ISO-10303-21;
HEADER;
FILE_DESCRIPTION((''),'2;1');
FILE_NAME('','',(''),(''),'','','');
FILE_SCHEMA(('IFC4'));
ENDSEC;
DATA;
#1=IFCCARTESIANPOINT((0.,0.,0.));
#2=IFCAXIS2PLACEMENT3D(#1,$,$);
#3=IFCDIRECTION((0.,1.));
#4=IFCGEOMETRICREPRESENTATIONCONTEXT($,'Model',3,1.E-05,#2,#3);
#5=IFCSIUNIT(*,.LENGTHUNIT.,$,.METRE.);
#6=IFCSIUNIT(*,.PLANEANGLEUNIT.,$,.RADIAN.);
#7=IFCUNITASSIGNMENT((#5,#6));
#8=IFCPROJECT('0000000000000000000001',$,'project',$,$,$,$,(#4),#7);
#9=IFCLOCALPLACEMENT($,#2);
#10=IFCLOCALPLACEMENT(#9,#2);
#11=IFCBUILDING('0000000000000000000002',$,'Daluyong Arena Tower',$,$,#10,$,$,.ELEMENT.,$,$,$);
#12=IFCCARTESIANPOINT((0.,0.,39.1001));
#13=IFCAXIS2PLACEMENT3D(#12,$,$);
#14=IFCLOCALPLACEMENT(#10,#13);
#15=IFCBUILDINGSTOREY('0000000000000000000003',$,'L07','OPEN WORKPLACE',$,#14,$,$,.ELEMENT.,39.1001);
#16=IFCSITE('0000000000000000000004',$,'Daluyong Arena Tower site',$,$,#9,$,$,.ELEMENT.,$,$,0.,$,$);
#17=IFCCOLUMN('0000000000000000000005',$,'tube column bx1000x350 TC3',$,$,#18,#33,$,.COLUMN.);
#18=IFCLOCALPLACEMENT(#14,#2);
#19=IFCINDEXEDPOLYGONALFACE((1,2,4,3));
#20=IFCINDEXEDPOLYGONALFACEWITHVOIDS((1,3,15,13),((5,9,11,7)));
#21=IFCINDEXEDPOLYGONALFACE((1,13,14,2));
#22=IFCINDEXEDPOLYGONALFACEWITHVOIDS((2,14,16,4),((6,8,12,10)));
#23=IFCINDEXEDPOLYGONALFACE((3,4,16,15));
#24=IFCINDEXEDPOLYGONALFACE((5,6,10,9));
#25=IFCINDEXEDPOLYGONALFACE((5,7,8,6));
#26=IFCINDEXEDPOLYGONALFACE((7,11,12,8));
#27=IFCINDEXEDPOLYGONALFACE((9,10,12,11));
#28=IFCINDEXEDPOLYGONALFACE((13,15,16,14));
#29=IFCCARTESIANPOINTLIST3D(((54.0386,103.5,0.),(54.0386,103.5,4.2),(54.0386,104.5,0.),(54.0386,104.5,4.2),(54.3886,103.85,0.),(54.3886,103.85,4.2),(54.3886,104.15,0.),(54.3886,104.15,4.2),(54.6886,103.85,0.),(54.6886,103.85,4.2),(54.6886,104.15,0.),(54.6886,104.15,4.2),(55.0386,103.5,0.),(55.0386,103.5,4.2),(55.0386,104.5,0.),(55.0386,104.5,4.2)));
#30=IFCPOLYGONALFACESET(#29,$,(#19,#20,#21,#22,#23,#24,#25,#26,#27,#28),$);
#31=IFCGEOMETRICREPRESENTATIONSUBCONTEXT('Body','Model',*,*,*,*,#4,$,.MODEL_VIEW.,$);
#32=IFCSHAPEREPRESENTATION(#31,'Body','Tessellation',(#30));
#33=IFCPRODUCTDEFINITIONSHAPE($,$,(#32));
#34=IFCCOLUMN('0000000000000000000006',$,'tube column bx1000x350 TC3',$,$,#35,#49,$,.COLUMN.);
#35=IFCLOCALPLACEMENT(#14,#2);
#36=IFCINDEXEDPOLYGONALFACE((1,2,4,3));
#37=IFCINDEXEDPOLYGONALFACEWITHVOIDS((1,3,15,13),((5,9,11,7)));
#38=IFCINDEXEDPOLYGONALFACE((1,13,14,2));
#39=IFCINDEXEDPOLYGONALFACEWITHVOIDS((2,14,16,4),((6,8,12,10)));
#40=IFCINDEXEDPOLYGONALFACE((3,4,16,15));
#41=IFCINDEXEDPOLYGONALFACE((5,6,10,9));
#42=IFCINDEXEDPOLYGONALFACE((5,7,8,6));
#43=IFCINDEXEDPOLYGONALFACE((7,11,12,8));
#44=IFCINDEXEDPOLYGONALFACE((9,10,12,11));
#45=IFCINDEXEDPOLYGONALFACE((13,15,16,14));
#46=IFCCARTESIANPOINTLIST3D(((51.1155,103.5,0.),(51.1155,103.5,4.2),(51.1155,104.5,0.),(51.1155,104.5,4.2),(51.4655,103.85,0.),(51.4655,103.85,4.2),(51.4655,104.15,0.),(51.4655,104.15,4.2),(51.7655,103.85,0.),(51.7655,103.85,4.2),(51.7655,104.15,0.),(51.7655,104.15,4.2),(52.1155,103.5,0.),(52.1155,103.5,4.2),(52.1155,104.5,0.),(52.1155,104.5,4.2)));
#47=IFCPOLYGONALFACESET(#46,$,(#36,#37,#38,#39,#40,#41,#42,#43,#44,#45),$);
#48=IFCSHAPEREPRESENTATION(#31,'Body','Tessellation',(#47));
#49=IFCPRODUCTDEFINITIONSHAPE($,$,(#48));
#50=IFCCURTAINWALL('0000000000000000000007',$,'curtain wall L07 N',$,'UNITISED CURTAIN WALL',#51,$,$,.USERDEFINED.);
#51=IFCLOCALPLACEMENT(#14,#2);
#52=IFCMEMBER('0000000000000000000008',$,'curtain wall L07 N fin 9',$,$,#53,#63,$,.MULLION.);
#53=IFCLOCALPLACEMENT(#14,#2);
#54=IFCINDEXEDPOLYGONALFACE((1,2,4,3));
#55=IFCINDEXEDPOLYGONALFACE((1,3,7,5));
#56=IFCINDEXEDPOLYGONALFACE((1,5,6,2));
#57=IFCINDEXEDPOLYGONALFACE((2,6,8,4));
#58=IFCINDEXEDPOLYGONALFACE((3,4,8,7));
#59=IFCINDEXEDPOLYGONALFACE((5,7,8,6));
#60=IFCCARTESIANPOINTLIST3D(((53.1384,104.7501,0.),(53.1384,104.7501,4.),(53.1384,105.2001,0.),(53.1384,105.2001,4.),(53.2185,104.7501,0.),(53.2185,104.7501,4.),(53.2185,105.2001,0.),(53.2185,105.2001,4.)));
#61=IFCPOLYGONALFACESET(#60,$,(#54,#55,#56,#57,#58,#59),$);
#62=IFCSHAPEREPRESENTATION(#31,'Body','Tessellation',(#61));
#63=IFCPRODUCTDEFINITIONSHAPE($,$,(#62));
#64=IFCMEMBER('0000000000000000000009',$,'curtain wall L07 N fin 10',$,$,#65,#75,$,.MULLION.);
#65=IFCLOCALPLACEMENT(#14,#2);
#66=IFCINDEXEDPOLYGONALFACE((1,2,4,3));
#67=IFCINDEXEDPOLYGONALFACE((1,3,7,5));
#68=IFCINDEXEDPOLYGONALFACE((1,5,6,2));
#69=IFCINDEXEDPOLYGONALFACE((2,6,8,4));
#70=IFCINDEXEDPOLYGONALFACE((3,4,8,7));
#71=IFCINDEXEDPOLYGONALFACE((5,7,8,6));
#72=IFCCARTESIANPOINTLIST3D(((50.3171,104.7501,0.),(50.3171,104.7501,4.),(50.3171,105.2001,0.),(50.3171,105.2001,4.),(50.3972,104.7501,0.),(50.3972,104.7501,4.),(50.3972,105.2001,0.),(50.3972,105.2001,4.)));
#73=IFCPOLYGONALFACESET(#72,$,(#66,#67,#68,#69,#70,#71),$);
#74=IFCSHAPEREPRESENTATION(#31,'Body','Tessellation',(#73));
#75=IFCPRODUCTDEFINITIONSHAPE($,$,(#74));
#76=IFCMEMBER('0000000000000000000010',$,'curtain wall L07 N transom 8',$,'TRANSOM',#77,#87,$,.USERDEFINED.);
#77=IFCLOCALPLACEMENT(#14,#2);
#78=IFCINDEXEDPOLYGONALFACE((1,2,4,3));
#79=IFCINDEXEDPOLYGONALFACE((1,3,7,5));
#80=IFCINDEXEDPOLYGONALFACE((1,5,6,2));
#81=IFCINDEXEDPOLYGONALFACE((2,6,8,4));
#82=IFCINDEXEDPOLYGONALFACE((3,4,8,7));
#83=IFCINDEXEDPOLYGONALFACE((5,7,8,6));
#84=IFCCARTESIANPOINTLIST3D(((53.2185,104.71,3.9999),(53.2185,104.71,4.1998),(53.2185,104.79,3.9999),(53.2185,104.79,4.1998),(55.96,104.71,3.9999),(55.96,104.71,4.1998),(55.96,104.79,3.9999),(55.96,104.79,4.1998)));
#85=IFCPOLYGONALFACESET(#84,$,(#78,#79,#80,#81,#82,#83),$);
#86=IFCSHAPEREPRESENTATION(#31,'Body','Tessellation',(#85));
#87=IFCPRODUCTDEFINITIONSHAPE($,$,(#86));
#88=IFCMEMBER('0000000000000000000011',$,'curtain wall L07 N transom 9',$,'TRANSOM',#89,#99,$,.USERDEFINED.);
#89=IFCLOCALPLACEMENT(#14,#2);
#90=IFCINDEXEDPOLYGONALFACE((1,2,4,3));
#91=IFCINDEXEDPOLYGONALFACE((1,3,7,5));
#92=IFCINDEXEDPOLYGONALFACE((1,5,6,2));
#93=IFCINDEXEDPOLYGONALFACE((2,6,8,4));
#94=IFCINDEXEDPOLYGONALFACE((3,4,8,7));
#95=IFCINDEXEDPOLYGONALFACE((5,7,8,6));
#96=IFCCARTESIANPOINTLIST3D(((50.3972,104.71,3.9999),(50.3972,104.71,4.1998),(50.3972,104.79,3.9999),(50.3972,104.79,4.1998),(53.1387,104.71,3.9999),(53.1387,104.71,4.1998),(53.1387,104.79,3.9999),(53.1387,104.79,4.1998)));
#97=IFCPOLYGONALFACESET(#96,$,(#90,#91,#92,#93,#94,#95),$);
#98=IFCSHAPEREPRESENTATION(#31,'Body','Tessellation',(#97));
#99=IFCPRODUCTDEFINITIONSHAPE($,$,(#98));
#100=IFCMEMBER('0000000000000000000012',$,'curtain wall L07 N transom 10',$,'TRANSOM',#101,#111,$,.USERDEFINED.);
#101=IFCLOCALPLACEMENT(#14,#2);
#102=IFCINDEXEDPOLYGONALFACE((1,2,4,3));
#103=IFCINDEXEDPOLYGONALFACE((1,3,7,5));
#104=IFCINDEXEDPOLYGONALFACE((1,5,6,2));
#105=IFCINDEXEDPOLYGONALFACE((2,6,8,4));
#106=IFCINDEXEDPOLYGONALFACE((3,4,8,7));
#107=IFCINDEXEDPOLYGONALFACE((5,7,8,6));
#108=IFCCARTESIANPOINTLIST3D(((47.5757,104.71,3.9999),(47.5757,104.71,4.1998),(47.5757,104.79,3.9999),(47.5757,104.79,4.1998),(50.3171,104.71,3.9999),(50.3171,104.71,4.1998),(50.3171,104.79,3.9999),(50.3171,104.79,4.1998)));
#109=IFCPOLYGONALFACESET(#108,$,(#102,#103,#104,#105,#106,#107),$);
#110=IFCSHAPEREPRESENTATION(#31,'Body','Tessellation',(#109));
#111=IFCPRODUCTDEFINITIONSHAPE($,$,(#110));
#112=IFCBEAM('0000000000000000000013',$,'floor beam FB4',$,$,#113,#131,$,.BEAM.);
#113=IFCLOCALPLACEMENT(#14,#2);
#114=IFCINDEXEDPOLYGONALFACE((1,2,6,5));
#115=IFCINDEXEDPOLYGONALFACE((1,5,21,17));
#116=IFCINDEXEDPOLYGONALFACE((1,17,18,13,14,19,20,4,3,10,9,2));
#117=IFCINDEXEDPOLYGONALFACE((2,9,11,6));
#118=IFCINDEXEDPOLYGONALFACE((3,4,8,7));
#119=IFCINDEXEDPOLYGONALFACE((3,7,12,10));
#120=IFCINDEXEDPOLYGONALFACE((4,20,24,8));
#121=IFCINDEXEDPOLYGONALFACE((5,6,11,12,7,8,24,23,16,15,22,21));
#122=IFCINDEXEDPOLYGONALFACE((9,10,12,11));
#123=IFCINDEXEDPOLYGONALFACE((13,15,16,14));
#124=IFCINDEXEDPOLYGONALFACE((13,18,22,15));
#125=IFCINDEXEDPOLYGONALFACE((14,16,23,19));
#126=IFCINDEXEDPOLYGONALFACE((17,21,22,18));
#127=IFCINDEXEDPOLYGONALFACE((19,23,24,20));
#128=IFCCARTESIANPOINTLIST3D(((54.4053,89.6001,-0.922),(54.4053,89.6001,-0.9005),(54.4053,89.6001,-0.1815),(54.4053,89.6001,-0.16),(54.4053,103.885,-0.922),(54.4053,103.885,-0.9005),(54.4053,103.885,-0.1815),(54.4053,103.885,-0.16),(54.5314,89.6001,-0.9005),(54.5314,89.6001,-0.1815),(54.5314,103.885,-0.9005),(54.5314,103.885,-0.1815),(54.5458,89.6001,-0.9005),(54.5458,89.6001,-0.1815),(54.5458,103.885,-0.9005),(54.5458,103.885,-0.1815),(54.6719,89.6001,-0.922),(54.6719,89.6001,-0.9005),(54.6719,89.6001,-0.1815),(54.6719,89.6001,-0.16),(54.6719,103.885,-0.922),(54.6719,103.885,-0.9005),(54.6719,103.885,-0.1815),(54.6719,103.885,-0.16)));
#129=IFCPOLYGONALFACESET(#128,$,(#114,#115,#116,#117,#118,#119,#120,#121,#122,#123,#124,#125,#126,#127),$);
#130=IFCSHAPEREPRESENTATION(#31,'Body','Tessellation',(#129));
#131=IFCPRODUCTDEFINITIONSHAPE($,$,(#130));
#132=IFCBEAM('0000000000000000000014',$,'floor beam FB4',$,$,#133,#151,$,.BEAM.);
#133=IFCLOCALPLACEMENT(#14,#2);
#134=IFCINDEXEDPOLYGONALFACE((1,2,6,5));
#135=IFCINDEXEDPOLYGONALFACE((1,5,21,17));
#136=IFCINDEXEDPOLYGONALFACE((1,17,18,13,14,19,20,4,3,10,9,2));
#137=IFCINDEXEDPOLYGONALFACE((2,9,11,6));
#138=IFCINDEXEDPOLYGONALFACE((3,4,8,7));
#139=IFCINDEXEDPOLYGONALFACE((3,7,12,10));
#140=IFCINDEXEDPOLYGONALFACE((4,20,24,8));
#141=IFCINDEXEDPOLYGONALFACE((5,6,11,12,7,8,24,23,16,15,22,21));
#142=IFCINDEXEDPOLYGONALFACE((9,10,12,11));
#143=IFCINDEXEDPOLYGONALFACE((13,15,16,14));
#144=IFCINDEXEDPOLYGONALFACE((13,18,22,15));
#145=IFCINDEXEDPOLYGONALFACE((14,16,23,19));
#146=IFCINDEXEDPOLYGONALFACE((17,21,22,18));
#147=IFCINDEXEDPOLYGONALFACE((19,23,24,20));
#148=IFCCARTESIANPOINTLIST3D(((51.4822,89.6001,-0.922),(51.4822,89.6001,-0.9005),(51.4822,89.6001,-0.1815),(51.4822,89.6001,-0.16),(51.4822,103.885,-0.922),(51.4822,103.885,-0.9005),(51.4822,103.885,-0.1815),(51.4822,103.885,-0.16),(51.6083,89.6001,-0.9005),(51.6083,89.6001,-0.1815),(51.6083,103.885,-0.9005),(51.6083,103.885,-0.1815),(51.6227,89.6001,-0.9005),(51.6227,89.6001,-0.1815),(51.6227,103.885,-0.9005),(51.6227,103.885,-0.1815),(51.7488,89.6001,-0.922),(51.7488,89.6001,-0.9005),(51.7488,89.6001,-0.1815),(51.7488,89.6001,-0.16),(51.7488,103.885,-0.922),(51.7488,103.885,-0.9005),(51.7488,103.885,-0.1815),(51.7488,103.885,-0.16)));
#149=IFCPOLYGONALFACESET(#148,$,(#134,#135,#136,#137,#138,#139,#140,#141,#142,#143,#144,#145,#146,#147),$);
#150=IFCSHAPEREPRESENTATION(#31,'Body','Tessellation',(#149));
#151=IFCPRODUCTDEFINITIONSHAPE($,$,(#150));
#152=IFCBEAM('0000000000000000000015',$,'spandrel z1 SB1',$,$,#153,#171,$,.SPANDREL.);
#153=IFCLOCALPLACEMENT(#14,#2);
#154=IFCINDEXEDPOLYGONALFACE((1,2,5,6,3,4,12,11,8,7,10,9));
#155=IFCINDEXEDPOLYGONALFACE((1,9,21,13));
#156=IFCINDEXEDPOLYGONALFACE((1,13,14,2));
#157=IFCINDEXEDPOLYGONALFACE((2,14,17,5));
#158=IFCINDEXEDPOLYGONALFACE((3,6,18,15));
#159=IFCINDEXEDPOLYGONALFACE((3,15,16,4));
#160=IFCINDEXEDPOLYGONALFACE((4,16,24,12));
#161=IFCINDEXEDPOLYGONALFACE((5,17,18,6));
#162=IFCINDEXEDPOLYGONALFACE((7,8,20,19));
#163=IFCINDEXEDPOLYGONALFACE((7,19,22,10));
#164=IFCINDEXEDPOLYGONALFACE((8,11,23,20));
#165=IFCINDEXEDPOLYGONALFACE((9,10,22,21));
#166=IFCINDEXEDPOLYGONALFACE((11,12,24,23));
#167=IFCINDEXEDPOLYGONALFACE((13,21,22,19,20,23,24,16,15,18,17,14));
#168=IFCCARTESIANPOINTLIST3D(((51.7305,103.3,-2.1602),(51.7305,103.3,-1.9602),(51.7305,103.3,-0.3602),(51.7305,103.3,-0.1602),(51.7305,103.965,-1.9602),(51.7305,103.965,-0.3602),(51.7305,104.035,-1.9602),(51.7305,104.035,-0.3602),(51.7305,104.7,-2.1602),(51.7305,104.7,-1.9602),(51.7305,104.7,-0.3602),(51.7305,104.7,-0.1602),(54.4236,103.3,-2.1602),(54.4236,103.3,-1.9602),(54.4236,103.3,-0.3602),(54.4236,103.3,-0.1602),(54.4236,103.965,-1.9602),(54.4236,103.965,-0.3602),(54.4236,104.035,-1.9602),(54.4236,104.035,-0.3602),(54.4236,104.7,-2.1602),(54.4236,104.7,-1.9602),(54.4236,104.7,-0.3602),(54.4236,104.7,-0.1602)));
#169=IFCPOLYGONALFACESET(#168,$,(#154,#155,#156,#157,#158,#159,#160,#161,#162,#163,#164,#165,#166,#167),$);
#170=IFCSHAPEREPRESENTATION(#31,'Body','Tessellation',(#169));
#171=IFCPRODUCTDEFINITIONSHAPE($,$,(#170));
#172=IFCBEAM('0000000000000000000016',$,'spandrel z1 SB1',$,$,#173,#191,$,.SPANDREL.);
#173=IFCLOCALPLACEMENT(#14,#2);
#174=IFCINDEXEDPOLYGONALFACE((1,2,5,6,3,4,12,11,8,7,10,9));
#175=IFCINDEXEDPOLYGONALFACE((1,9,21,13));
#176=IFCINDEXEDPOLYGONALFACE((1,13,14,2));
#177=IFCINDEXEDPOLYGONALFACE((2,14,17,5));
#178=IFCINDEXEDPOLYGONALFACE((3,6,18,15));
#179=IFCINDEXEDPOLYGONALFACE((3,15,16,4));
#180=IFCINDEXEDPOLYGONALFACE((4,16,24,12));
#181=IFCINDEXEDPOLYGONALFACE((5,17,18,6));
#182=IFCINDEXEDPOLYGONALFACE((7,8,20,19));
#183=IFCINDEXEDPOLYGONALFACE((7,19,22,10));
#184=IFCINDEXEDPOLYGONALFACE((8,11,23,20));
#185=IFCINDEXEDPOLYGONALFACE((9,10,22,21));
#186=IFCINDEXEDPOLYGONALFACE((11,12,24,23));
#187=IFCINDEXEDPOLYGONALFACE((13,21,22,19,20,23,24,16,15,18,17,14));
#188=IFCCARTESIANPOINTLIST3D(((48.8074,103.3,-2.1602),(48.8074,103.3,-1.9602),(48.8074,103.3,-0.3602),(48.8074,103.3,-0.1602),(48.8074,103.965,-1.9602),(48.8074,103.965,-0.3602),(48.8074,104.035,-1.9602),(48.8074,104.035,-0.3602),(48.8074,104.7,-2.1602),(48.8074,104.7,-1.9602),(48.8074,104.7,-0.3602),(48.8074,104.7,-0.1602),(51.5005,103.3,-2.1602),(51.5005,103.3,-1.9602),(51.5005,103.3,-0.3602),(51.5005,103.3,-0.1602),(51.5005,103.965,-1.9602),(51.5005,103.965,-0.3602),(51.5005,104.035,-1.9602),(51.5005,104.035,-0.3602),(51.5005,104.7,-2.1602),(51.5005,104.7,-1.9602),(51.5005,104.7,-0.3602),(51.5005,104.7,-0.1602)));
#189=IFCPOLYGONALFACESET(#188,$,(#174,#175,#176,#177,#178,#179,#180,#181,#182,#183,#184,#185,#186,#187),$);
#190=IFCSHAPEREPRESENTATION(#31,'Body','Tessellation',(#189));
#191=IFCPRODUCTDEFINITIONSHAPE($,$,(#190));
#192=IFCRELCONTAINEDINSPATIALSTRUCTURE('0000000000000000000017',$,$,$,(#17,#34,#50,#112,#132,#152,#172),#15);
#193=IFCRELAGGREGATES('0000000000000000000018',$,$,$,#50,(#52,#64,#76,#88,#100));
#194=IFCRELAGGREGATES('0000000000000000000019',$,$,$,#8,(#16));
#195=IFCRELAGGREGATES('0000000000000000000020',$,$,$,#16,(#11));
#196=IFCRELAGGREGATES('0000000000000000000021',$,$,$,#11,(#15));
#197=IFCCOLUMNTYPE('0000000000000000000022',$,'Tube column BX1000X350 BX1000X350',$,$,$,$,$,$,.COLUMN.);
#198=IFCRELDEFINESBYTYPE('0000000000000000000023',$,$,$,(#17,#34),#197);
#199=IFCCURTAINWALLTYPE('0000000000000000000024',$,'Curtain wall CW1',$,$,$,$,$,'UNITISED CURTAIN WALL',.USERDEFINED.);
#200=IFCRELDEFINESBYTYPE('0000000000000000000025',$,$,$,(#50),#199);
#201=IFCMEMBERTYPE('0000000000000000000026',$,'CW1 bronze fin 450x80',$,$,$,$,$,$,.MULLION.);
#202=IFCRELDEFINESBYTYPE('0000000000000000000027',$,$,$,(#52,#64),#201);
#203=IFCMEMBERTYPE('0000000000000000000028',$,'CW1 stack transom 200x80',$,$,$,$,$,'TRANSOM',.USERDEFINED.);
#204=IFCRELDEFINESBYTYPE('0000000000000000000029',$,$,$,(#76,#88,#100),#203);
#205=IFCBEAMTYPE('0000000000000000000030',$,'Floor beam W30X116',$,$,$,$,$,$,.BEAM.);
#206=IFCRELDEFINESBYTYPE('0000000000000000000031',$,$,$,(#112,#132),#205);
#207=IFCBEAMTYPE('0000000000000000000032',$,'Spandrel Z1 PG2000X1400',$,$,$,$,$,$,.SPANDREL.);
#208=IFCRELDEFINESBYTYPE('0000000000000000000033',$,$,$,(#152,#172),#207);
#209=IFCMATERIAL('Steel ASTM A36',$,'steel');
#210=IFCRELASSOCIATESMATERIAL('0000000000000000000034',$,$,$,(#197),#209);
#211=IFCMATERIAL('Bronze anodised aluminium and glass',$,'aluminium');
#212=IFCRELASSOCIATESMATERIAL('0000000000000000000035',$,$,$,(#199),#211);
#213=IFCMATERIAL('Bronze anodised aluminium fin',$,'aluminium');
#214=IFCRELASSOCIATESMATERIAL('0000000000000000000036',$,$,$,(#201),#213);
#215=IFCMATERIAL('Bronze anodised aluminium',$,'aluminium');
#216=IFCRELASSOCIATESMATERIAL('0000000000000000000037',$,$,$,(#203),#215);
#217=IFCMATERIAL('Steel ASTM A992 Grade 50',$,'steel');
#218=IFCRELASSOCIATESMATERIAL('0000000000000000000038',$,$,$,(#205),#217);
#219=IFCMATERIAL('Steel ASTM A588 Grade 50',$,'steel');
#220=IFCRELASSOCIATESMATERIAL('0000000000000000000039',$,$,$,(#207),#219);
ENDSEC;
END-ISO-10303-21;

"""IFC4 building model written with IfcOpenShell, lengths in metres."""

from ifc_helpers import new_model, si_unit, direction, frame, origin, origin_2d, place, context, subcontext, project, spatial, rectangle, hollow_rectangle, i_section, extrude, material, material_profile, profile_set, type_object, element, aggregate, save


model = new_model("IFC4")

# Units and contexts
model_context = context("Model", 3, precision=1e-05, world=origin(), true_north=direction((0.0, 1.0)))
body_context = subcontext(model_context, "Body", "Model", "MODEL_VIEW")
ifc_project = project(units=[si_unit("LENGTHUNIT", "METRE"), si_unit("PLANEANGLEUNIT", "RADIAN")], contexts=[model_context])

# Site, building, storey
site_placement = place(None, origin())
site = spatial("IfcSite", under=ifc_project, at=site_placement, Name="Daluyong Arena Tower site", CompositionType="ELEMENT", RefElevation=0.0)
building_placement = place(site_placement, origin())
building = spatial("IfcBuilding", under=site, at=building_placement, Name="Daluyong Arena Tower", CompositionType="ELEMENT")
storey_placement = place(building_placement, frame((0.0, 0.0, 39.1001)))
storey = spatial("IfcBuildingStorey", under=building, at=storey_placement, Name="L07", Description="OPEN WORKPLACE", CompositionType="ELEMENT", Elevation=39.1001)

# Columns
ifc_material_1 = material(Name="Steel ASTM A36", Category="steel")
ifc_material_profile_1 = material_profile(ifc_material_1, hollow_rectangle(XDim=1.0, YDim=1.0, WallThickness=0.35, at=origin_2d()))
ifc_profile_set_1 = profile_set([ifc_material_profile_1], Name="Steel ASTM A36")
column_type = type_object("IfcColumnType", Name="Tube column BX1000X350 BX1000X350", PredefinedType="COLUMN", material=ifc_profile_set_1)
for number, where, z_axis, x_axis, name in (
    (1, (54.5386, 104.0, 0.0), (0.0, 0.0, 1.0), (1.0, 0.0, 0.0), "tube column bx1000x350 TC3"),
    (2, (51.6155, 104.0, 0.0), (0.0, 0.0, 1.0), (1.0, 0.0, 0.0), "tube column bx1000x350 TC3"),
):
    element("IfcColumn", number, at=place(storey_placement, frame(where, z_axis=z_axis, x_axis=x_axis)), inside=storey, type_object=column_type, Name=name, PredefinedType="COLUMN", context=body_context, shape_type="SweptSolid", body=[
        extrude(hollow_rectangle(XDim=1.0, YDim=1.0, WallThickness=0.35, at=origin_2d()), origin(), (0.0, 0.0, 1.0), 4.2),
    ])

# Curtain wall, members
ifc_material_2 = material(Name="Bronze anodised aluminium and glass", Category="aluminium")
curtain_wall_type = type_object("IfcCurtainWallType", Name="Curtain wall CW1", ElementType="UNITISED CURTAIN WALL", PredefinedType="USERDEFINED", material=ifc_material_2)
curtain_wall_placement = place(storey_placement, origin())
curtain_wall = element("IfcCurtainWall", 3, at=curtain_wall_placement, inside=storey, type_object=curtain_wall_type, Name="curtain wall L07 N", ObjectType="UNITISED CURTAIN WALL", PredefinedType="USERDEFINED")
ifc_material_3 = material(Name="Bronze anodised aluminium fin", Category="aluminium")
ifc_material_profile_2 = material_profile(ifc_material_3, rectangle(XDim=0.45, YDim=0.0801, at=origin_2d()))
ifc_profile_set_2 = profile_set([ifc_material_profile_2], Name="Bronze anodised aluminium fin")
member_type_1 = type_object("IfcMemberType", Name="CW1 bronze fin 450x80", PredefinedType="MULLION", material=ifc_profile_set_2)
member_1_placement = place(storey_placement, frame((53.1785, 104.9751, 0.0), z_axis=(0.0, 0.0, 1.0), x_axis=(0.0, -1.0, 0.0)))
member_1 = element("IfcMember", 4, at=member_1_placement, type_object=member_type_1, Name="curtain wall L07 N fin 9", PredefinedType="MULLION", context=body_context, shape_type="SweptSolid", body=[
    extrude(rectangle(XDim=0.45, YDim=0.0801, at=origin_2d()), origin(), (0.0, 0.0, 1.0), 4.0),
])
member_2_placement = place(storey_placement, frame((50.3572, 104.9751, 0.0), z_axis=(0.0, 0.0, 1.0), x_axis=(0.0, -1.0, 0.0)))
member_2 = element("IfcMember", 5, at=member_2_placement, type_object=member_type_1, Name="curtain wall L07 N fin 10", PredefinedType="MULLION", context=body_context, shape_type="SweptSolid", body=[
    extrude(rectangle(XDim=0.45, YDim=0.0801, at=origin_2d()), origin(), (0.0, 0.0, 1.0), 4.0),
])
ifc_material_4 = material(Name="Bronze anodised aluminium", Category="aluminium")
ifc_material_profile_3 = material_profile(ifc_material_4, rectangle(XDim=0.0801, YDim=0.2, at=origin_2d()))
ifc_profile_set_3 = profile_set([ifc_material_profile_3], Name="Bronze anodised aluminium")
member_type_2 = type_object("IfcMemberType", Name="CW1 stack transom 200x80", ElementType="TRANSOM", PredefinedType="USERDEFINED", material=ifc_profile_set_3)
member_3_placement = place(storey_placement, frame((55.96, 104.75, 4.0999), z_axis=(-1.0, 0.0, 0.0), x_axis=(0.0, -1.0, 0.0)))
member_3 = element("IfcMember", 6, at=member_3_placement, type_object=member_type_2, Name="curtain wall L07 N transom 8", ObjectType="TRANSOM", PredefinedType="USERDEFINED", context=body_context, shape_type="SweptSolid", body=[
    extrude(rectangle(XDim=0.0801, YDim=0.2, at=origin_2d()), origin(), (0.0, 0.0, 1.0), 2.7415),
])
member_4_placement = place(storey_placement, frame((53.1387, 104.75, 4.0999), z_axis=(-1.0, 0.0, 0.0), x_axis=(0.0, -1.0, 0.0)))
member_4 = element("IfcMember", 7, at=member_4_placement, type_object=member_type_2, Name="curtain wall L07 N transom 9", ObjectType="TRANSOM", PredefinedType="USERDEFINED", context=body_context, shape_type="SweptSolid", body=[
    extrude(rectangle(XDim=0.0801, YDim=0.2, at=origin_2d()), origin(), (0.0, 0.0, 1.0), 2.7415),
])
member_5_placement = place(storey_placement, frame((50.3171, 104.75, 4.0999), z_axis=(-1.0, 0.0, 0.0), x_axis=(0.0, -1.0, 0.0)))
member_5 = element("IfcMember", 8, at=member_5_placement, type_object=member_type_2, Name="curtain wall L07 N transom 10", ObjectType="TRANSOM", PredefinedType="USERDEFINED", context=body_context, shape_type="SweptSolid", body=[
    extrude(rectangle(XDim=0.0801, YDim=0.2, at=origin_2d()), origin(), (0.0, 0.0, 1.0), 2.7415),
])

# Beams
ifc_material_5 = material(Name="Steel ASTM A992 Grade 50", Category="steel")
ifc_material_profile_4 = material_profile(ifc_material_5, i_section(OverallWidth=0.2666, OverallDepth=0.762, WebThickness=0.0144, FlangeThickness=0.0215, at=origin_2d()))
ifc_profile_set_4 = profile_set([ifc_material_profile_4], Name="Steel ASTM A992 Grade 50")
beam_type_1 = type_object("IfcBeamType", Name="Floor beam W30X116", PredefinedType="BEAM", material=ifc_profile_set_4)
for number, where, z_axis, x_axis, name in (
    (9, (54.5386, 103.885, -0.541), (0.0, -1.0, 0.0), (1.0, 0.0, 0.0), "floor beam FB4"),
    (10, (51.6155, 103.885, -0.541), (0.0, -1.0, 0.0), (1.0, 0.0, 0.0), "floor beam FB4"),
):
    element("IfcBeam", number, at=place(storey_placement, frame(where, z_axis=z_axis, x_axis=x_axis)), inside=storey, type_object=beam_type_1, Name=name, PredefinedType="BEAM", context=body_context, shape_type="SweptSolid", body=[
        extrude(i_section(OverallWidth=0.2666, OverallDepth=0.762, WebThickness=0.0144, FlangeThickness=0.0215, at=origin_2d()), origin(), (0.0, 0.0, 1.0), 14.2849),
    ])
ifc_material_6 = material(Name="Steel ASTM A588 Grade 50", Category="steel")
ifc_material_profile_5 = material_profile(ifc_material_6, i_section(OverallWidth=1.3999, OverallDepth=2.0, WebThickness=0.07, FlangeThickness=0.2, at=origin_2d()))
ifc_profile_set_5 = profile_set([ifc_material_profile_5], Name="Steel ASTM A588 Grade 50")
beam_type_2 = type_object("IfcBeamType", Name="Spandrel Z1 PG2000X1400", PredefinedType="SPANDREL", material=ifc_profile_set_5)
for number, where, z_axis, x_axis, name in (
    (11, (54.4236, 104.0, -1.1602), (-1.0, 0.0, 0.0), (0.0, -1.0, 0.0), "spandrel z1 SB1"),
    (12, (51.5005, 104.0, -1.1602), (-1.0, 0.0, 0.0), (0.0, -1.0, 0.0), "spandrel z1 SB1"),
):
    element("IfcBeam", number, at=place(storey_placement, frame(where, z_axis=z_axis, x_axis=x_axis)), inside=storey, type_object=beam_type_2, Name=name, PredefinedType="SPANDREL", context=body_context, shape_type="SweptSolid", body=[
        extrude(i_section(OverallWidth=1.3999, OverallDepth=2.0, WebThickness=0.07, FlangeThickness=0.2, at=origin_2d()), origin(), (0.0, 0.0, 1.0), 2.6931),
    ])

aggregate(curtain_wall, [member_1, member_2, member_3, member_4, member_5])

save(model, "model.ifc")
